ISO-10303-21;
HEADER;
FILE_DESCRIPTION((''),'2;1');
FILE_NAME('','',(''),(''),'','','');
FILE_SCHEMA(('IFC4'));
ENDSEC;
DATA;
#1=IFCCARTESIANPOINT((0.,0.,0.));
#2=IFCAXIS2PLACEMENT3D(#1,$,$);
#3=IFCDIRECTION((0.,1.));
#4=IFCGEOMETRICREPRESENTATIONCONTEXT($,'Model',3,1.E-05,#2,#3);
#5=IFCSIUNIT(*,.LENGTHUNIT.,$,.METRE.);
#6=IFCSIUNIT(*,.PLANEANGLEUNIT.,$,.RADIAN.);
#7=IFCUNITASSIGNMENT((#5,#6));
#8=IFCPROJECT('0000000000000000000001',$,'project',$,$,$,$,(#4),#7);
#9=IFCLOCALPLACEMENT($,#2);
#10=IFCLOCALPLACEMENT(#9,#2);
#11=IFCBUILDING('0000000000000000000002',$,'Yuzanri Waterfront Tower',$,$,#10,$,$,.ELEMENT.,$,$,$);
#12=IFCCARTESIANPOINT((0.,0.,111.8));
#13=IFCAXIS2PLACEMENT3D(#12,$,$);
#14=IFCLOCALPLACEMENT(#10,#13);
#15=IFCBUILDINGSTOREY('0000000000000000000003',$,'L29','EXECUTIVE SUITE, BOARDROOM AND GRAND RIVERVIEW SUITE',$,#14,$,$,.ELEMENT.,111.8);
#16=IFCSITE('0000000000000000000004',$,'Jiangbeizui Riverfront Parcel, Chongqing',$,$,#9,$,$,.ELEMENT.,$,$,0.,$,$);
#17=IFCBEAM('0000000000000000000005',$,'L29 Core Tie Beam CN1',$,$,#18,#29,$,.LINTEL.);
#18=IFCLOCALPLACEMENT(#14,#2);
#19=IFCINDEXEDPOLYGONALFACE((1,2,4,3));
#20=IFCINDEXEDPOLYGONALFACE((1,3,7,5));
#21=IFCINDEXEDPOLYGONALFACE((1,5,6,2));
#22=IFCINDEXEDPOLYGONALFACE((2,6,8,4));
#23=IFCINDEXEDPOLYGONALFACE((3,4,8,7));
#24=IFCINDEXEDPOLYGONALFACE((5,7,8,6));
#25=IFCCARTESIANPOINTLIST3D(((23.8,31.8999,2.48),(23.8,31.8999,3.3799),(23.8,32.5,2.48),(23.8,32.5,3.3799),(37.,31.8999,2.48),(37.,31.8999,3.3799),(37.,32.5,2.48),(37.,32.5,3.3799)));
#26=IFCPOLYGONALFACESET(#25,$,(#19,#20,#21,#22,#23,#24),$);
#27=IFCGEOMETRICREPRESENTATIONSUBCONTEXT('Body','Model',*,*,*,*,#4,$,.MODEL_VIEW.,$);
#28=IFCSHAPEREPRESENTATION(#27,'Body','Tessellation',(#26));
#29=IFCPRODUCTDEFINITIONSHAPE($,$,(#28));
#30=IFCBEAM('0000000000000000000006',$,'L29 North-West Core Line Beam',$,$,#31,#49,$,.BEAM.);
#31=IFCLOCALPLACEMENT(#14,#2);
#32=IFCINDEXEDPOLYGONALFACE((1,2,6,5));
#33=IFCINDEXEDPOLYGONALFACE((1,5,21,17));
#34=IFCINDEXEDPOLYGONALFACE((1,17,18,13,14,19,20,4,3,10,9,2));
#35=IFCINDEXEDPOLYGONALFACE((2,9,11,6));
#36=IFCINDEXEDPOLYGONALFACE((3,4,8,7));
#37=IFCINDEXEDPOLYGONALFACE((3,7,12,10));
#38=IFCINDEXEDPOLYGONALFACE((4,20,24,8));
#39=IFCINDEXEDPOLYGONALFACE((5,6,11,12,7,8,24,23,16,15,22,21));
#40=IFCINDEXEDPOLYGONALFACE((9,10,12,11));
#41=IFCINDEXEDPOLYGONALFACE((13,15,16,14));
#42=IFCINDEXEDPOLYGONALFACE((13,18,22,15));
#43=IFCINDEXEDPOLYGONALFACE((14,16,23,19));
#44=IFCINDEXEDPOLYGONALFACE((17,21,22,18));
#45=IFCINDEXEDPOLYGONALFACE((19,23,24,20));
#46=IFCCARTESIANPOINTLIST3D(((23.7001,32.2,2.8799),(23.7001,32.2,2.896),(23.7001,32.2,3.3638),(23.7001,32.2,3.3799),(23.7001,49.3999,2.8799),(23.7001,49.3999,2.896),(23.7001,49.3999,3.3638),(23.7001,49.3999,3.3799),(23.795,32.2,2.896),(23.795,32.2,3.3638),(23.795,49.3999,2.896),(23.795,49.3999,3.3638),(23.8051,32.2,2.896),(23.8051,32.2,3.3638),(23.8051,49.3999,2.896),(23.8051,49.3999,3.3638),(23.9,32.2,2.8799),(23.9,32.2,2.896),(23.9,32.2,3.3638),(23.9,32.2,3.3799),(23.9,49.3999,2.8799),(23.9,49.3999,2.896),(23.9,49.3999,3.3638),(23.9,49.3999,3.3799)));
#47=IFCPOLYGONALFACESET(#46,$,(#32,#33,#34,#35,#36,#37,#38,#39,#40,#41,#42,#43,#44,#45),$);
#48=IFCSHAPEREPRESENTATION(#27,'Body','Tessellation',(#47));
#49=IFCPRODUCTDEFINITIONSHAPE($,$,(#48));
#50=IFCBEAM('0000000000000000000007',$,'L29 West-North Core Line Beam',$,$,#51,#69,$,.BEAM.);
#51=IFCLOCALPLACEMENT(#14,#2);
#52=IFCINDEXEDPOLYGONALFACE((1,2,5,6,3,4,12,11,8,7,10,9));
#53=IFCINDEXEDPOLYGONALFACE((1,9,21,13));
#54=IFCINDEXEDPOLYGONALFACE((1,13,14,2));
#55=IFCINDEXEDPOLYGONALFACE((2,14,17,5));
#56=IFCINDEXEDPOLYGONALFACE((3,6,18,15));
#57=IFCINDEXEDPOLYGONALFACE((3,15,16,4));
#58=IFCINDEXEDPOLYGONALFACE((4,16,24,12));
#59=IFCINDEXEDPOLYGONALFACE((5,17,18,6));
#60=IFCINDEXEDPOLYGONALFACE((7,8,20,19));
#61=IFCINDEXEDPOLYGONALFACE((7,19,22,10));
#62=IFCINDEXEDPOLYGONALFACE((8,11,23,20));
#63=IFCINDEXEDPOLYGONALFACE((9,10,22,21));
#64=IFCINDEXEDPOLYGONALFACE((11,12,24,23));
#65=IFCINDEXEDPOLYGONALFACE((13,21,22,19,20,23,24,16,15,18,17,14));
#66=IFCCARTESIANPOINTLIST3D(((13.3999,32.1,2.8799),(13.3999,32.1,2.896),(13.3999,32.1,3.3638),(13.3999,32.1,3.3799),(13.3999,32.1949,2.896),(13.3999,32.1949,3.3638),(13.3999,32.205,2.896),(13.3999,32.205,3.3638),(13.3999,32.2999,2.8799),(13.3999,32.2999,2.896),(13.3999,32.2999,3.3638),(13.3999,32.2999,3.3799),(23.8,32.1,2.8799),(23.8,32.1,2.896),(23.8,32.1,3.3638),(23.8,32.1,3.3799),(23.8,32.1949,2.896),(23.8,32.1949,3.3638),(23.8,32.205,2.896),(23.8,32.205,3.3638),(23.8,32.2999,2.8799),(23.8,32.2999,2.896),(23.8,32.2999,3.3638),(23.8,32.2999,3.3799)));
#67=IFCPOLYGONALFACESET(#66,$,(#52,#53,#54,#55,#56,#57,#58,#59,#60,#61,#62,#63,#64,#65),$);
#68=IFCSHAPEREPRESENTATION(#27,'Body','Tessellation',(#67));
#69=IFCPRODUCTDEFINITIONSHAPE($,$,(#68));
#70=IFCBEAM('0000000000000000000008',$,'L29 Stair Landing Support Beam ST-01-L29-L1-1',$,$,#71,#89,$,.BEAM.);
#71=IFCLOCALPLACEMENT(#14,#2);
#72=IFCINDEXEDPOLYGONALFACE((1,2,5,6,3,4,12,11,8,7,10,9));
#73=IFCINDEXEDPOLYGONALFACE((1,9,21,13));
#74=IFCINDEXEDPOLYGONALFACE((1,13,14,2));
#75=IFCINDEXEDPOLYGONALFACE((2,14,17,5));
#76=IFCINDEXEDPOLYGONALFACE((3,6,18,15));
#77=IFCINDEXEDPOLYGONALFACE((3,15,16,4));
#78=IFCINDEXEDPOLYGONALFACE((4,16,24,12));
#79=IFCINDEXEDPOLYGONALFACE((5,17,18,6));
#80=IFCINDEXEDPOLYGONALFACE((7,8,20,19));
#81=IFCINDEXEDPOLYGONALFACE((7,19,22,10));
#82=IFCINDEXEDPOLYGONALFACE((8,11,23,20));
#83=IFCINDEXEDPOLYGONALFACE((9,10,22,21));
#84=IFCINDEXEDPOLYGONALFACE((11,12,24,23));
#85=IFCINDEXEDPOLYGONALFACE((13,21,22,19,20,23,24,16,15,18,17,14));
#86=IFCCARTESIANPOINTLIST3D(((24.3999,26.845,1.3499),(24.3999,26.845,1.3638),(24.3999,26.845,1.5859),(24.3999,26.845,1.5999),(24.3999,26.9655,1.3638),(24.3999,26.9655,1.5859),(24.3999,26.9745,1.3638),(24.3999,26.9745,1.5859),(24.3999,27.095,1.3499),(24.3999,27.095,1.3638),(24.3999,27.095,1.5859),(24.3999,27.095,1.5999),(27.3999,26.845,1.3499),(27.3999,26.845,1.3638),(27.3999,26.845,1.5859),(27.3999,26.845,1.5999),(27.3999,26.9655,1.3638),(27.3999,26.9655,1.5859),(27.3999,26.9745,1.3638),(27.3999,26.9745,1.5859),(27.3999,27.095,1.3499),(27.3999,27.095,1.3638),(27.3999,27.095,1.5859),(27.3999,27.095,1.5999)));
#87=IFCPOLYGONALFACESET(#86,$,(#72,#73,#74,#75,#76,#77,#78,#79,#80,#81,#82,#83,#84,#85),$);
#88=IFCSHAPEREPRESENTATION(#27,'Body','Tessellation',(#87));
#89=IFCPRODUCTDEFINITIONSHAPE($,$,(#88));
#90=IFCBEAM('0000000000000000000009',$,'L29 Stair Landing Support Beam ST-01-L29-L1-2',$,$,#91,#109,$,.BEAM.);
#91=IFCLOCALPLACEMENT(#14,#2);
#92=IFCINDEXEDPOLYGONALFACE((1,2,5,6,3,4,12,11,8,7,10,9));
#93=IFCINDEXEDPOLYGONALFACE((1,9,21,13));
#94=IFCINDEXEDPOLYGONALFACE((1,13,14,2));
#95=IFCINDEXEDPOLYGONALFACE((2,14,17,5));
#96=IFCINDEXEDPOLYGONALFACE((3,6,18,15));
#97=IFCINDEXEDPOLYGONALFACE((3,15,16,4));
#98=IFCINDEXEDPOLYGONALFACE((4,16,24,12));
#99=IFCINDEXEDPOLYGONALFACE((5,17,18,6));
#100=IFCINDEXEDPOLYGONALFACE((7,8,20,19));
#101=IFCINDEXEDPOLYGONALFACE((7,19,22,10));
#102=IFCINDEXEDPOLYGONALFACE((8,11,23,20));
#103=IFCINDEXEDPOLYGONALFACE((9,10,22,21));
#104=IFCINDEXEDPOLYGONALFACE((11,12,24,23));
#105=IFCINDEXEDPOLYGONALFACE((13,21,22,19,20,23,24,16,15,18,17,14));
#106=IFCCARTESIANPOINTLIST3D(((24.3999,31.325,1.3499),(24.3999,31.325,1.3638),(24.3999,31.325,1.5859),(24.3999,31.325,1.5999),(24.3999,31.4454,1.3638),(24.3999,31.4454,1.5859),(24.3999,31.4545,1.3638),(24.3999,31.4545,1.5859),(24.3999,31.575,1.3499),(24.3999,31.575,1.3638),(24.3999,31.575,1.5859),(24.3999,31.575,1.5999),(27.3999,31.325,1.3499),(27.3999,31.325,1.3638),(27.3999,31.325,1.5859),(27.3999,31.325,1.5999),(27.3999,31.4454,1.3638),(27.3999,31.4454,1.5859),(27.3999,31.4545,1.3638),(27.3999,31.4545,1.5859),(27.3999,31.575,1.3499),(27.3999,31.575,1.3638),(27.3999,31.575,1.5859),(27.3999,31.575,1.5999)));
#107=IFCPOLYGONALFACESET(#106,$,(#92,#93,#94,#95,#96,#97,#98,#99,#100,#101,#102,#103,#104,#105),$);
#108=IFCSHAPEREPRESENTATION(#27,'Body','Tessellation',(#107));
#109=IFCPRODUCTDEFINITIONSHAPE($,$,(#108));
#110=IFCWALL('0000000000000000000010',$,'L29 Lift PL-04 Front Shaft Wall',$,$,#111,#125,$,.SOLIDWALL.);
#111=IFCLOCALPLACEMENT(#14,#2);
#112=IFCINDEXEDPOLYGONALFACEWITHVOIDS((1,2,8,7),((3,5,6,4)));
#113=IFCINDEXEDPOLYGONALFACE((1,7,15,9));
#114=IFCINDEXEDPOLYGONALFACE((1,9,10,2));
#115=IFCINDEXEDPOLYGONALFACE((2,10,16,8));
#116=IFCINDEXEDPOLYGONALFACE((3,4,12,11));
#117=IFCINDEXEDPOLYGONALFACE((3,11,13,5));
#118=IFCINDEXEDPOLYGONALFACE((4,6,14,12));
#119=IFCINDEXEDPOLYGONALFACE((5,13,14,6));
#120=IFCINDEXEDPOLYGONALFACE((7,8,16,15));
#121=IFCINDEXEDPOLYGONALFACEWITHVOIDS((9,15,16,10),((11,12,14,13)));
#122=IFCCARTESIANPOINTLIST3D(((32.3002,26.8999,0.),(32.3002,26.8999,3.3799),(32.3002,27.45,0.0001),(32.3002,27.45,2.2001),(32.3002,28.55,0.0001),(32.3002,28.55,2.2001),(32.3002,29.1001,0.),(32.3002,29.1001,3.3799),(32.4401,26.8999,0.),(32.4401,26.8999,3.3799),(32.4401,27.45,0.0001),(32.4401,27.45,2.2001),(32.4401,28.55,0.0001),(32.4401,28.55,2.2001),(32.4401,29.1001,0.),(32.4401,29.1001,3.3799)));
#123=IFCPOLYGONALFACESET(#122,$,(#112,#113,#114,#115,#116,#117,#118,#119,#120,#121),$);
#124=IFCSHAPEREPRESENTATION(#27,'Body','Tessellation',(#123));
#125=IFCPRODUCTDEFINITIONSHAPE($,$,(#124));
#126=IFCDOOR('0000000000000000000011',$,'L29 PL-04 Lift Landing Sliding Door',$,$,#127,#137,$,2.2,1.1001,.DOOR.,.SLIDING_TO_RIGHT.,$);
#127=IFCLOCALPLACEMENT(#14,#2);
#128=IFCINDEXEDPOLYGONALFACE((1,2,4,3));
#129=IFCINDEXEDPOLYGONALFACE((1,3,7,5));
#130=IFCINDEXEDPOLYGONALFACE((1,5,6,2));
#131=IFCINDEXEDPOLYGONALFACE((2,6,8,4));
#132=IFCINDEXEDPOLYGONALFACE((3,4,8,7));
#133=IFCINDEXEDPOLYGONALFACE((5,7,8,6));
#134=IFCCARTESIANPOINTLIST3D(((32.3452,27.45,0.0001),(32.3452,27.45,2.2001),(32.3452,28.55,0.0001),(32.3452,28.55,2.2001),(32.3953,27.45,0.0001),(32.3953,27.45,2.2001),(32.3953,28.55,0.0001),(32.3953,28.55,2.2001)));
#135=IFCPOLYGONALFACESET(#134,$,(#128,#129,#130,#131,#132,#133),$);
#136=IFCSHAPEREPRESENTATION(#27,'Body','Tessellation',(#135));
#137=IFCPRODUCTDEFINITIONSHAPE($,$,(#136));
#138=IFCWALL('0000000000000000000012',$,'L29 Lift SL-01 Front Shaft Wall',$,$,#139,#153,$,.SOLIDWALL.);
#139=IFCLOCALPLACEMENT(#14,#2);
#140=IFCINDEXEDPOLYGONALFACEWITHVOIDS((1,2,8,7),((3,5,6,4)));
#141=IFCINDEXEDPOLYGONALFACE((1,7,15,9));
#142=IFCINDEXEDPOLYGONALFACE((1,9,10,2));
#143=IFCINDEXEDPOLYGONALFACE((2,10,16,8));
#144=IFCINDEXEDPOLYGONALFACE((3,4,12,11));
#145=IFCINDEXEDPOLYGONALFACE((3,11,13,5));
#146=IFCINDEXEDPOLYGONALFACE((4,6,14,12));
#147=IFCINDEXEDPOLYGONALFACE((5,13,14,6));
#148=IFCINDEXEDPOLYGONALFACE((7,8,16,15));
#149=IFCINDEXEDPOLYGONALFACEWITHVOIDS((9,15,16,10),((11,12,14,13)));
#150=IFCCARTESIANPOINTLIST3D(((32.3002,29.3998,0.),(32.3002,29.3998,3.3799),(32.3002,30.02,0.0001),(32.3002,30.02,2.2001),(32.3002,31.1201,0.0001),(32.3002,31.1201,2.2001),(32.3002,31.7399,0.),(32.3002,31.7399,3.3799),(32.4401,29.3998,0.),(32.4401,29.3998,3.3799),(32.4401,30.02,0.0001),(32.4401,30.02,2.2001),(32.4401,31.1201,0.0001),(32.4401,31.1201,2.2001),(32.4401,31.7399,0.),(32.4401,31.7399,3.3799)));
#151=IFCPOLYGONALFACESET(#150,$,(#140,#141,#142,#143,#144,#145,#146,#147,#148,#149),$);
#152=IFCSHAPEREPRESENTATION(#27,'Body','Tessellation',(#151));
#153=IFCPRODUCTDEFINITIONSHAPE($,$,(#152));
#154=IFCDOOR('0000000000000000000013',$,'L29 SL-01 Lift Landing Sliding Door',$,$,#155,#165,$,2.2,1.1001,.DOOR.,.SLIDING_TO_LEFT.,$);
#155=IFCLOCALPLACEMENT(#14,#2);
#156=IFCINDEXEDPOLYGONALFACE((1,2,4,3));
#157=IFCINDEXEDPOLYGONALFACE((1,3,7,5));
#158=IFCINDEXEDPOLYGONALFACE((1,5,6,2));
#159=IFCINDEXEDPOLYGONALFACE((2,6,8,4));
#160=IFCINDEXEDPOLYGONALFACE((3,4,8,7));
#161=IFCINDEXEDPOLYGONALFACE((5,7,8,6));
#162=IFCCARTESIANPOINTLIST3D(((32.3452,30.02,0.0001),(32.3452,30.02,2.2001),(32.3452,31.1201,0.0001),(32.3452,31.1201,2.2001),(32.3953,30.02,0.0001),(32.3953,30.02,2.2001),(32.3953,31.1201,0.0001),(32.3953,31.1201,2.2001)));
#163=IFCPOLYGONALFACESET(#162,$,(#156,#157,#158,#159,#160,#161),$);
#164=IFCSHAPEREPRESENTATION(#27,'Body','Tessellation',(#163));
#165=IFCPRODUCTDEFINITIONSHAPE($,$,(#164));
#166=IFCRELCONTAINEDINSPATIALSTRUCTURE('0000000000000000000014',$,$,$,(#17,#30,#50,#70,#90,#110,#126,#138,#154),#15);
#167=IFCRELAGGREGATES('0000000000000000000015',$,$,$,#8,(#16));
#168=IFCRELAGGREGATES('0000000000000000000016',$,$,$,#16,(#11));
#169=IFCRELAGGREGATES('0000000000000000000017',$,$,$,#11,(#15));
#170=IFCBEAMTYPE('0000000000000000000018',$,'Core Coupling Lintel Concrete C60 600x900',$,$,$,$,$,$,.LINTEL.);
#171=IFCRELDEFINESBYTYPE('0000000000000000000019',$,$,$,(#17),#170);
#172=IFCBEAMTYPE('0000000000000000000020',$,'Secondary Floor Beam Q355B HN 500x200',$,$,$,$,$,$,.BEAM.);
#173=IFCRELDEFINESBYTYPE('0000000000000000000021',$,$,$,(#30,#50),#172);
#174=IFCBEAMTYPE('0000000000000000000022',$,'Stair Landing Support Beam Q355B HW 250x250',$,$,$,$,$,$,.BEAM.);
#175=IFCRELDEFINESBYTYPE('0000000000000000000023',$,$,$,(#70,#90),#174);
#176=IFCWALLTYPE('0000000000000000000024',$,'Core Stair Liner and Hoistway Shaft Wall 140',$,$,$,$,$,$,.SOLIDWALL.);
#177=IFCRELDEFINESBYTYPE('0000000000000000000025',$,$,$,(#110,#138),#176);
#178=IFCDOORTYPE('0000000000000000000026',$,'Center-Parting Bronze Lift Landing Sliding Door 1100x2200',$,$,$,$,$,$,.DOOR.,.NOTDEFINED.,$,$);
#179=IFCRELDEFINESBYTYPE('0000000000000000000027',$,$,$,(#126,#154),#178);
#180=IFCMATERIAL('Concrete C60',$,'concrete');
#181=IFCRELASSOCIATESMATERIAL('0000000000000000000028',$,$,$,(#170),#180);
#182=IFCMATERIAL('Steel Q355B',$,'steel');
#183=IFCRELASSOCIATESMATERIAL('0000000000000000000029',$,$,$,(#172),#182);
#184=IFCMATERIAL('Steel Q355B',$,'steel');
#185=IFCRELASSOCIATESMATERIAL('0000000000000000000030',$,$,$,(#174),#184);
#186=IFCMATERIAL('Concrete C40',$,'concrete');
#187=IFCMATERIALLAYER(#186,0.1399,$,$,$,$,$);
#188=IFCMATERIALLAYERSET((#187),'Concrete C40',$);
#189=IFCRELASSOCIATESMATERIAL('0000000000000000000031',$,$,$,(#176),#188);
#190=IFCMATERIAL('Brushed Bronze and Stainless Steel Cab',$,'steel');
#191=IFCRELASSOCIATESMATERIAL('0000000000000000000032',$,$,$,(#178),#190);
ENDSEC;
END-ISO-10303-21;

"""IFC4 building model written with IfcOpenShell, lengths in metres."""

from ifc_helpers import new_model, si_unit, direction, frame, frame_2d, origin, origin_2d, place, context, subcontext, project, spatial, rectangle, i_section, extrude, source, transform, mapped, material, layer, layer_set, material_profile, profile_set, type_object, element, fill, save


model = new_model("IFC4")

# Units and contexts
model_context = context("Model", 3, precision=1e-05, world=origin(), true_north=direction((0.0, 1.0)))
body_context = subcontext(model_context, "Body", "Model", "MODEL_VIEW")
ifc_project = project(units=[si_unit("LENGTHUNIT", "METRE"), si_unit("PLANEANGLEUNIT", "RADIAN")], contexts=[model_context])

# Site, building, storey
site_placement = place(None, origin())
site = spatial("IfcSite", under=ifc_project, at=site_placement, Name="Jiangbeizui Riverfront Parcel, Chongqing", CompositionType="ELEMENT", RefElevation=0.0)
building_placement = place(site_placement, origin())
building = spatial("IfcBuilding", under=site, at=building_placement, Name="Yuzanri Waterfront Tower", CompositionType="ELEMENT")
storey_placement = place(building_placement, frame((0.0, 0.0, 111.8)))
storey = spatial("IfcBuildingStorey", under=building, at=storey_placement, Name="L29", Description="EXECUTIVE SUITE, BOARDROOM AND GRAND RIVERVIEW SUITE", CompositionType="ELEMENT", Elevation=111.8)

# Beams
ifc_material_1 = material(Name="Concrete C60", Category="concrete")
ifc_material_profile_1 = material_profile(ifc_material_1, rectangle(XDim=0.6001, YDim=0.8999, at=origin_2d()), Name="RC 600x900")
ifc_profile_set_1 = profile_set([ifc_material_profile_1], Name="Concrete C60")
beam_type_1 = type_object("IfcBeamType", Name="Core Coupling Lintel Concrete C60 600x900", PredefinedType="LINTEL", material=ifc_profile_set_1)
shared_shape_1 = source(origin(), body_context, "Body", "SweptSolid", [
    extrude(rectangle(XDim=0.6001, YDim=0.8999, at=origin_2d()), origin(), (0.0, 0.0, 1.0), 13.2),
])
beam_1_placement = place(storey_placement, frame((23.8, 32.2, 2.9299), z_axis=(1.0, 0.0, 0.0), x_axis=(0.0, 1.0, 0.0)))
element("IfcBeam", 1, at=beam_1_placement, inside=storey, type_object=beam_type_1, Name="L29 Core Tie Beam CN1", PredefinedType="LINTEL", context=body_context, shape_type="MappedRepresentation", body=[
    mapped(shared_shape_1, transform((0.0, 0.0, 0.0), scale=1.0)),
])
ifc_material_2 = material(Name="Steel Q355B", Category="steel")
ifc_material_profile_2 = material_profile(ifc_material_2, i_section(OverallWidth=0.2, OverallDepth=0.5, WebThickness=0.01, FlangeThickness=0.0161, at=origin_2d()), Name="HN 500x200x10x16")
ifc_profile_set_2 = profile_set([ifc_material_profile_2], Name="Steel Q355B")
beam_type_2 = type_object("IfcBeamType", Name="Secondary Floor Beam Q355B HN 500x200", PredefinedType="BEAM", material=ifc_profile_set_2)
shared_shape_2 = source(origin(), body_context, "Body", "SweptSolid", [
    extrude(i_section(OverallWidth=0.2, OverallDepth=0.5, WebThickness=0.01, FlangeThickness=0.0161, at=origin_2d()), origin(), (0.0, 0.0, 1.0), 17.2),
])
beam_2_placement = place(storey_placement, frame((23.8, 32.2, 3.1299), z_axis=(0.0, 1.0, 0.0), x_axis=(-1.0, 0.0, 0.0)))
element("IfcBeam", 2, at=beam_2_placement, inside=storey, type_object=beam_type_2, Name="L29 North-West Core Line Beam", PredefinedType="BEAM", context=body_context, shape_type="MappedRepresentation", body=[
    mapped(shared_shape_2, transform((0.0, 0.0, 0.0), scale=1.0)),
])
shared_shape_3 = source(origin(), body_context, "Body", "SweptSolid", [
    extrude(i_section(OverallWidth=0.2, OverallDepth=0.5, WebThickness=0.01, FlangeThickness=0.0161, at=origin_2d()), origin(), (0.0, 0.0, 1.0), 10.4001),
])
beam_3_placement = place(storey_placement, frame((23.8, 32.2, 3.1299), z_axis=(-1.0, 0.0, 0.0), x_axis=(0.0, -1.0, 0.0)))
element("IfcBeam", 3, at=beam_3_placement, inside=storey, type_object=beam_type_2, Name="L29 West-North Core Line Beam", PredefinedType="BEAM", context=body_context, shape_type="MappedRepresentation", body=[
    mapped(shared_shape_3, transform((0.0, 0.0, 0.0), scale=1.0)),
])
ifc_material_3 = material(Name="Steel Q355B", Category="steel")
ifc_material_profile_3 = material_profile(ifc_material_3, i_section(OverallWidth=0.25, OverallDepth=0.25, WebThickness=0.009, FlangeThickness=0.0139, at=origin_2d()), Name="HW 250x250x9x14")
ifc_profile_set_3 = profile_set([ifc_material_profile_3], Name="Steel Q355B")
beam_type_3 = type_object("IfcBeamType", Name="Stair Landing Support Beam Q355B HW 250x250", PredefinedType="BEAM", material=ifc_profile_set_3)
shared_shape_4 = source(origin(), body_context, "Body", "SweptSolid", [
    extrude(i_section(OverallWidth=0.25, OverallDepth=0.25, WebThickness=0.009, FlangeThickness=0.0139, at=origin_2d()), origin(), (0.0, 0.0, 1.0), 3.0),
])
for number, where, z_axis, x_axis, name in (
    (4, (24.3999, 26.97, 1.4749), (1.0, 0.0, 0.0), (0.0, 1.0, 0.0), "L29 Stair Landing Support Beam ST-01-L29-L1-1"),
    (5, (24.3999, 31.45, 1.4749), (1.0, 0.0, 0.0), (0.0, 1.0, 0.0), "L29 Stair Landing Support Beam ST-01-L29-L1-2"),
):
    element("IfcBeam", number, at=place(storey_placement, frame(where, z_axis=z_axis, x_axis=x_axis)), inside=storey, type_object=beam_type_3, Name=name, PredefinedType="BEAM", context=body_context, shape_type="MappedRepresentation", body=[
        mapped(shared_shape_4, transform((0.0, 0.0, 0.0), scale=1.0)),
    ])

# Walls, openings, doors
ifc_material_4 = material(Name="Concrete C40", Category="concrete")
ifc_layer_1 = layer(ifc_material_4, 0.1399)
ifc_layer_set_1 = layer_set([ifc_layer_1], Name="Concrete C40")
wall_type_1 = type_object("IfcWallType", Name="Core Stair Liner and Hoistway Shaft Wall 140", PredefinedType="SOLIDWALL", material=ifc_layer_set_1)
wall_1_placement = place(storey_placement, frame((32.3701, 26.8999, 0.0), z_axis=(0.0, 0.0, 1.0), x_axis=(0.0, 1.0, 0.0)))
wall_1 = element("IfcWall", 6, at=wall_1_placement, inside=storey, type_object=wall_type_1, Name="L29 Lift PL-04 Front Shaft Wall", PredefinedType="SOLIDWALL", context=body_context, shape_type="SweptSolid", body=[
    extrude(rectangle(XDim=2.2002, YDim=0.1399, at=frame_2d((1.1001, 0.0))), origin(), (0.0, 0.0, 1.0), 3.3799),
])
opening_1_placement = place(wall_1_placement, frame((0.55, 0.0, 0.0)))
opening_1 = element("IfcOpeningElement", 7, at=opening_1_placement, cuts=wall_1, PredefinedType="OPENING", context=body_context, shape_type="SweptSolid", body=[
    extrude(rectangle(XDim=1.1001, YDim=2.2, at=frame_2d((0.55, 1.1001))), frame((0.0, 0.085, 0.0), z_axis=(0.0, -1.0, 0.0), x_axis=(1.0, 0.0, 0.0)), (0.0, 0.0, 1.0), 0.1697),
])
ifc_material_5 = material(Name="Brushed Bronze and Stainless Steel Cab", Category="steel")
door_type_1 = type_object("IfcDoorType", Name="Center-Parting Bronze Lift Landing Sliding Door 1100x2200", OperationType="NOTDEFINED", PredefinedType="DOOR", material=ifc_material_5)
shared_shape_5 = source(origin(), body_context, "Body", "SweptSolid", [
    extrude(rectangle(XDim=1.1001, YDim=2.2, at=frame_2d((0.55, 1.1001))), frame((0.0, 0.0249, 0.0), z_axis=(0.0, -1.0, 0.0), x_axis=(1.0, 0.0, 0.0)), (0.0, 0.0, 1.0), 0.05),
])
door_1_placement = place(opening_1_placement, origin())
door_1 = element("IfcDoor", 8, at=door_1_placement, inside=storey, type_object=door_type_1, Name="L29 PL-04 Lift Landing Sliding Door", OperationType="SLIDING_TO_RIGHT", OverallHeight=2.2, OverallWidth=1.1001, PredefinedType="DOOR", context=body_context, shape_type="MappedRepresentation", body=[
    mapped(shared_shape_5, transform((0.0, 0.0, 0.0), scale=1.0)),
])
fill(opening_1, door_1)
wall_2_placement = place(storey_placement, frame((32.3701, 29.3999, 0.0), z_axis=(0.0, 0.0, 1.0), x_axis=(0.0, 1.0, 0.0)))
wall_2 = element("IfcWall", 9, at=wall_2_placement, inside=storey, type_object=wall_type_1, Name="L29 Lift SL-01 Front Shaft Wall", PredefinedType="SOLIDWALL", context=body_context, shape_type="SweptSolid", body=[
    extrude(rectangle(XDim=2.3401, YDim=0.1399, at=frame_2d((1.1699, 0.0))), origin(), (0.0, 0.0, 1.0), 3.3799),
])
opening_2_placement = place(wall_2_placement, frame((0.6201, 0.0, 0.0)))
opening_2 = element("IfcOpeningElement", 10, at=opening_2_placement, cuts=wall_2, PredefinedType="OPENING", context=body_context, shape_type="SweptSolid", body=[
    extrude(rectangle(XDim=1.1001, YDim=2.2, at=frame_2d((0.55, 1.1001))), frame((0.0, 0.085, 0.0), z_axis=(0.0, -1.0, 0.0), x_axis=(1.0, 0.0, 0.0)), (0.0, 0.0, 1.0), 0.1697),
])
door_2_placement = place(opening_2_placement, origin())
door_2 = element("IfcDoor", 11, at=door_2_placement, inside=storey, type_object=door_type_1, Name="L29 SL-01 Lift Landing Sliding Door", OperationType="SLIDING_TO_LEFT", OverallHeight=2.2, OverallWidth=1.1001, PredefinedType="DOOR", context=body_context, shape_type="MappedRepresentation", body=[
    mapped(shared_shape_5, transform((0.0, 0.0, 0.0), scale=1.0)),
])
fill(opening_2, door_2)

save(model, "model.ifc")
